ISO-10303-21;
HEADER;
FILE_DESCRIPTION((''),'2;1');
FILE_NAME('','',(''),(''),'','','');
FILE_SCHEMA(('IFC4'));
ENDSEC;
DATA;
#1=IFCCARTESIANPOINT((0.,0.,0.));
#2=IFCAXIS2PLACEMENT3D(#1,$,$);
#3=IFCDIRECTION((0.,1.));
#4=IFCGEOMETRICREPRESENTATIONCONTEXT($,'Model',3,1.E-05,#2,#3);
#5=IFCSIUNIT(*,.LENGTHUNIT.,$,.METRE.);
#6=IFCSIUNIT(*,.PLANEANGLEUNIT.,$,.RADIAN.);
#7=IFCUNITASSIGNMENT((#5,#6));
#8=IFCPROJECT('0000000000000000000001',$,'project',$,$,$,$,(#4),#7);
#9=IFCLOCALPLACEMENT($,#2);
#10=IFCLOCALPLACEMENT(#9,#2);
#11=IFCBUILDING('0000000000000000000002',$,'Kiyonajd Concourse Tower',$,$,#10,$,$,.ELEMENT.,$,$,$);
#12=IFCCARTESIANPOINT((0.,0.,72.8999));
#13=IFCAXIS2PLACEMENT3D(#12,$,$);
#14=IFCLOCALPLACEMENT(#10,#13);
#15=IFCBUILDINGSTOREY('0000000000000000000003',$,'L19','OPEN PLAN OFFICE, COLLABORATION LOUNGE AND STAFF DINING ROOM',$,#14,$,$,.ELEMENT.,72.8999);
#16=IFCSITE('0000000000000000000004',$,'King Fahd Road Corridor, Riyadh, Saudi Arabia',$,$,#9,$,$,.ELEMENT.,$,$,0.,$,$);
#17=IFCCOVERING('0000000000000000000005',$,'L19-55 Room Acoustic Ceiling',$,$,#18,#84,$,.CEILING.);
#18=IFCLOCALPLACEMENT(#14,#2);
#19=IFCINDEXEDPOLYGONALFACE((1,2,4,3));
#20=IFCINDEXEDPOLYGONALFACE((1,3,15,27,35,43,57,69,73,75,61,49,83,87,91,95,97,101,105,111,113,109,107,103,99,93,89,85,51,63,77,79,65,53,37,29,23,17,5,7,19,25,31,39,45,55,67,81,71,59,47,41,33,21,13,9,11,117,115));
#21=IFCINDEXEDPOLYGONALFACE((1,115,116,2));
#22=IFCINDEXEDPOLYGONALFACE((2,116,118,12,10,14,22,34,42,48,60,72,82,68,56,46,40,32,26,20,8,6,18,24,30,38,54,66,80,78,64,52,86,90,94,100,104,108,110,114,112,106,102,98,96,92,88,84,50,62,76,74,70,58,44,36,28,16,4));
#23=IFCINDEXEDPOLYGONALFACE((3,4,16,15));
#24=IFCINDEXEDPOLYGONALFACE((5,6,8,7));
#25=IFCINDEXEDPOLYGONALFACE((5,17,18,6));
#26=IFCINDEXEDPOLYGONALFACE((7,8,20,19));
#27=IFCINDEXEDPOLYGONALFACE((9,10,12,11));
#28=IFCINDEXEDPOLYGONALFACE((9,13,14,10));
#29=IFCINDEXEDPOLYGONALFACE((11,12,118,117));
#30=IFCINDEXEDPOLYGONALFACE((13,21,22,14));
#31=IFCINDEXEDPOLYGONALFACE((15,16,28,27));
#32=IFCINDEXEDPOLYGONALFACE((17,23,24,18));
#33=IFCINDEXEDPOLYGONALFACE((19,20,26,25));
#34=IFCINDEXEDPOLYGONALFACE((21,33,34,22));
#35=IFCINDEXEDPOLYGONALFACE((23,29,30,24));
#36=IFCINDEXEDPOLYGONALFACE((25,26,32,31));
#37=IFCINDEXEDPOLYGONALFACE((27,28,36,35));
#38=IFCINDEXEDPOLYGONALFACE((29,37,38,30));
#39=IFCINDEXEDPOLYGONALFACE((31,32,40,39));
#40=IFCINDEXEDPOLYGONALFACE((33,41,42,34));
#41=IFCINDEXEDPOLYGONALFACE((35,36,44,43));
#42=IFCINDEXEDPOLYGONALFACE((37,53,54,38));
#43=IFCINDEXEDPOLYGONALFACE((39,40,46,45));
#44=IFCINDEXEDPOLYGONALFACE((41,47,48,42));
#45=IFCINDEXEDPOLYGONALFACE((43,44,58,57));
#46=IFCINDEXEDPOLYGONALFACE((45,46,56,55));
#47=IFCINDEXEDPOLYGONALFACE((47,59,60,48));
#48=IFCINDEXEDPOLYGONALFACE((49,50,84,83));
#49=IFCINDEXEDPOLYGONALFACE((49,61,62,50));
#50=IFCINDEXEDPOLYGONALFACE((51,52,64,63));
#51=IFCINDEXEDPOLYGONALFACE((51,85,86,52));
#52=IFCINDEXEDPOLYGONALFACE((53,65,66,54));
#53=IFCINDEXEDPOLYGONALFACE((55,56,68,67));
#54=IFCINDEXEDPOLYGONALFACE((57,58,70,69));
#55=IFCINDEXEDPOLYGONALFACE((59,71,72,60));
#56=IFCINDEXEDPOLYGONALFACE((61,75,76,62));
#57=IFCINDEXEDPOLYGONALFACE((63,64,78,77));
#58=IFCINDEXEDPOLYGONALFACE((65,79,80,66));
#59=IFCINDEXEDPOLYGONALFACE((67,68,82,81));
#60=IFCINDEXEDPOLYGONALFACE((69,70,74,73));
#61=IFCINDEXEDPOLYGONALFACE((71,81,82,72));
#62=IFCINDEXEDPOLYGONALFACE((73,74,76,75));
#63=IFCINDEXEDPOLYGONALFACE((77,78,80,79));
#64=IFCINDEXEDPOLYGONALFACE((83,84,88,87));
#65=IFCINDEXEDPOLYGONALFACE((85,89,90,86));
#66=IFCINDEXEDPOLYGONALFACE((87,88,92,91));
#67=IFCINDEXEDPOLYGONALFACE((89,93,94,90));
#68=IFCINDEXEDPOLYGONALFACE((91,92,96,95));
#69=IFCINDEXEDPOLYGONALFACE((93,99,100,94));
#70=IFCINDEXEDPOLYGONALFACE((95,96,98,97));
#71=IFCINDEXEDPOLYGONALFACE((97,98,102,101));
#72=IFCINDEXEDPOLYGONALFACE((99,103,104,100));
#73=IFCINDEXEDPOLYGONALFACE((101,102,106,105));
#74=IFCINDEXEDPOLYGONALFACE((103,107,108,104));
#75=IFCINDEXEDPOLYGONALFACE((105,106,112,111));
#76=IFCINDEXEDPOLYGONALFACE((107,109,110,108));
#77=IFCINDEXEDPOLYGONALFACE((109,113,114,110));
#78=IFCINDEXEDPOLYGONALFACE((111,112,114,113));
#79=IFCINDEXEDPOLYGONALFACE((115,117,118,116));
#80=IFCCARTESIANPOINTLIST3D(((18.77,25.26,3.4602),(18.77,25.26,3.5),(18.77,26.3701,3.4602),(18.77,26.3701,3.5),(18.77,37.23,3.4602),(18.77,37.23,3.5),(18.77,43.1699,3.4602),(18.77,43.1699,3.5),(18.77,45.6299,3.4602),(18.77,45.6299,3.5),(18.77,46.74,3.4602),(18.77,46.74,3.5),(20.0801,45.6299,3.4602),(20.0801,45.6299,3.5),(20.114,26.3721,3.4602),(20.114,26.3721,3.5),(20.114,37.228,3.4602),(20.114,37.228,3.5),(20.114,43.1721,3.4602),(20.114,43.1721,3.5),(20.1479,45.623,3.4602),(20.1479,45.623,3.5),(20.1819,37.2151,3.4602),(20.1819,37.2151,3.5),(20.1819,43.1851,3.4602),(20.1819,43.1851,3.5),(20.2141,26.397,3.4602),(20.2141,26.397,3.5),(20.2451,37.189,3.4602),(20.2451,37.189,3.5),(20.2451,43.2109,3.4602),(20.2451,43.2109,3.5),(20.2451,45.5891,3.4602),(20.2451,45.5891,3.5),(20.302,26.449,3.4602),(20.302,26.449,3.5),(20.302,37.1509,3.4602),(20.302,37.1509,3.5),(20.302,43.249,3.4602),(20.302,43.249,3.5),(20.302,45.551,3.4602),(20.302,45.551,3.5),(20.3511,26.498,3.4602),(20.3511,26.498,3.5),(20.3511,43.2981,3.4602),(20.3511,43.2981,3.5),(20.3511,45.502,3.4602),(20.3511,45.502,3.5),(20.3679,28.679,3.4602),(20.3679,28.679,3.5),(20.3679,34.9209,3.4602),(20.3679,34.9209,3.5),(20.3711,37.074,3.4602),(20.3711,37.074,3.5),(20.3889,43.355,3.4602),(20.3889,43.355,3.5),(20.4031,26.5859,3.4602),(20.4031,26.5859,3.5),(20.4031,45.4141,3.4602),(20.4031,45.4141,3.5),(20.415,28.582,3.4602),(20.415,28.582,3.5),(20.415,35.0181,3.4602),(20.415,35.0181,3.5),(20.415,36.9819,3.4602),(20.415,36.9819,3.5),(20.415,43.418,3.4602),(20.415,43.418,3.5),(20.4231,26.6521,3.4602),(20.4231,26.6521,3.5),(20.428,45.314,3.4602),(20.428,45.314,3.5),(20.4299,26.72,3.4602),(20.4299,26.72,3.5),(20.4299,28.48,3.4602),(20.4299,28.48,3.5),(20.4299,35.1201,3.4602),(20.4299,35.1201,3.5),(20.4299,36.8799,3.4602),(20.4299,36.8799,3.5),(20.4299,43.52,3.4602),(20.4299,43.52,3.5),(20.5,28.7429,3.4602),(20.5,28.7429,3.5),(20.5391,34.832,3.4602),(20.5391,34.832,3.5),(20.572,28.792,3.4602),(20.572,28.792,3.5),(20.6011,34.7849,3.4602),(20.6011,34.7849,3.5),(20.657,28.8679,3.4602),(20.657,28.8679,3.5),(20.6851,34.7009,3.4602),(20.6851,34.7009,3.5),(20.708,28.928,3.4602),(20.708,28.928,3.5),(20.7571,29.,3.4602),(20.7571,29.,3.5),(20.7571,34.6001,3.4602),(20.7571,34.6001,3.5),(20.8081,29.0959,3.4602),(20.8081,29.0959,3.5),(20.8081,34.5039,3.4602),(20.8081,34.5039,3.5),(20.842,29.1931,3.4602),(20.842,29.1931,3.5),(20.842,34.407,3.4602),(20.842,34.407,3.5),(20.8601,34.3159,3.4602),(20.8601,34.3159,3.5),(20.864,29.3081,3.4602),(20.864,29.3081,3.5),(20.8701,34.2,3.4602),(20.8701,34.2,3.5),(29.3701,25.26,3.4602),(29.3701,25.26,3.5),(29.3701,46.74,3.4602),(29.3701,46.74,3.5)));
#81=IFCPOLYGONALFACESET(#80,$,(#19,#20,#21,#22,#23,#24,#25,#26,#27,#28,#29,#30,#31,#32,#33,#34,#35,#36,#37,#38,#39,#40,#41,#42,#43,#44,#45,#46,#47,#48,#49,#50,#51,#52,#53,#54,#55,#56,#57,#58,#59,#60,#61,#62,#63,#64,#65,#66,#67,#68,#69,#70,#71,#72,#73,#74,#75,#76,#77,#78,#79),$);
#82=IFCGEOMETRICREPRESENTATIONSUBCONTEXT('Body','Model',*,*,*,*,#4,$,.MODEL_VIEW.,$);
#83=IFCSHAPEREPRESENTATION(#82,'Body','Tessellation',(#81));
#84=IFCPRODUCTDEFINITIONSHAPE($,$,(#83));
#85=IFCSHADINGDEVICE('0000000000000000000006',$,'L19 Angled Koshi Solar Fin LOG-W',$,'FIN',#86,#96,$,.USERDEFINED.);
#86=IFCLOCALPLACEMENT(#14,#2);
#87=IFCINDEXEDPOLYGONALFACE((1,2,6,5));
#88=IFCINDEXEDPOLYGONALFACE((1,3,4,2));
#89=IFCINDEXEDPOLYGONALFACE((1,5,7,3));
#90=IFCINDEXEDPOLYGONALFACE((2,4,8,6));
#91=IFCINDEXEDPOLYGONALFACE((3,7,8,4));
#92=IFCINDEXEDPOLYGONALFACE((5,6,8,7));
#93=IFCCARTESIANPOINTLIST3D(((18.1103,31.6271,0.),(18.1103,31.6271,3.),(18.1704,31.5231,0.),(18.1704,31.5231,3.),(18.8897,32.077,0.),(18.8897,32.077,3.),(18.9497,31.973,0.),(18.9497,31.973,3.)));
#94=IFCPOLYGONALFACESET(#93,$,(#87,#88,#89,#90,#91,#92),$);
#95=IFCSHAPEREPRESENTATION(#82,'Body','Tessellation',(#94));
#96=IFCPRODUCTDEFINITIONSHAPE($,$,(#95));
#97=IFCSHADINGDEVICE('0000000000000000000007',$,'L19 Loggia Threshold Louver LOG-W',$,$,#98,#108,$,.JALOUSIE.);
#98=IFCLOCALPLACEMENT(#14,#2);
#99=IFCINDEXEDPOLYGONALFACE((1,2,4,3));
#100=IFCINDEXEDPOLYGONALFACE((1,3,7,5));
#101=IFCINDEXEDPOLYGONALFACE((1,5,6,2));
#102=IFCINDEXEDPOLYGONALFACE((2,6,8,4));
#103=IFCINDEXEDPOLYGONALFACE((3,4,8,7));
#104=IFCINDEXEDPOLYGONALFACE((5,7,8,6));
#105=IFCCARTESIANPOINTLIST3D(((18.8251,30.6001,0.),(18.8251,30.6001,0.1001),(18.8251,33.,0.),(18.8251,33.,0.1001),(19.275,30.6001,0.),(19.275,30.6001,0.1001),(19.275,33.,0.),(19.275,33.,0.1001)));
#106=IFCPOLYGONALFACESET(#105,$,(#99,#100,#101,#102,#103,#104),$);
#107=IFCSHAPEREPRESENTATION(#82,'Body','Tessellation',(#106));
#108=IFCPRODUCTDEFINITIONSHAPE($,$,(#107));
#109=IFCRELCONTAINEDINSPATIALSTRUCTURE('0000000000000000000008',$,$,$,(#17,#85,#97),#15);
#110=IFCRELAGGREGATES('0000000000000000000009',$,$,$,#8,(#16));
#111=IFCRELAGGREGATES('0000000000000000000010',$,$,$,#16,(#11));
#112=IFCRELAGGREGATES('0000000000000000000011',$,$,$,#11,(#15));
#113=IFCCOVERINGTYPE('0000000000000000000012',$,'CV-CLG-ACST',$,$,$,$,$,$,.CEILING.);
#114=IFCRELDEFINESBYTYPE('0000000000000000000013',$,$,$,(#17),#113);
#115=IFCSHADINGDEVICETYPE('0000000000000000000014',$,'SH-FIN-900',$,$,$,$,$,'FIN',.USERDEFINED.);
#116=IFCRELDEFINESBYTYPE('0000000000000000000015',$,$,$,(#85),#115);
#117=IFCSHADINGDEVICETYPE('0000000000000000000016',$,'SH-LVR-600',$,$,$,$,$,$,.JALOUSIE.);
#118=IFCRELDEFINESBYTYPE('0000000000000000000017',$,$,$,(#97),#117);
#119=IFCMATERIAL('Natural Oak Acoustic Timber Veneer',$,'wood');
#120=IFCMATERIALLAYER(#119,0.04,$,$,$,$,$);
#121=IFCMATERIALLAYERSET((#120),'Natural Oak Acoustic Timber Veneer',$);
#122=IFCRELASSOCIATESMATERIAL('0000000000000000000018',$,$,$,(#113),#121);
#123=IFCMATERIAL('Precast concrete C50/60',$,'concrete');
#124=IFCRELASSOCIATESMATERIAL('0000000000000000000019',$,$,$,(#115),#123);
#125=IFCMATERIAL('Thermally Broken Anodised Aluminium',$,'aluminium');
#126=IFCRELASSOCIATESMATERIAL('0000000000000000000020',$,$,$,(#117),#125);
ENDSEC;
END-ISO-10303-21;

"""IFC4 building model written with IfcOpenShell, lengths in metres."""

from ifc_helpers import new_model, si_unit, direction, frame, origin, origin_2d, place, context, subcontext, project, spatial, polyline, rectangle, outline, extrude, material, layer, layer_set, type_object, element, save


model = new_model("IFC4")

# Units and contexts
model_context = context("Model", 3, precision=1e-05, world=origin(), true_north=direction((0.0, 1.0)))
body_context = subcontext(model_context, "Body", "Model", "MODEL_VIEW")
ifc_project = project(units=[si_unit("LENGTHUNIT", "METRE"), si_unit("PLANEANGLEUNIT", "RADIAN")], contexts=[model_context])

# Site, building, storey
site_placement = place(None, origin())
site = spatial("IfcSite", under=ifc_project, at=site_placement, Name="King Fahd Road Corridor, Riyadh, Saudi Arabia", CompositionType="ELEMENT", RefElevation=0.0)
building_placement = place(site_placement, origin())
building = spatial("IfcBuilding", under=site, at=building_placement, Name="Kiyonajd Concourse Tower", CompositionType="ELEMENT")
storey_placement = place(building_placement, frame((0.0, 0.0, 72.8999)))
storey = spatial("IfcBuildingStorey", under=building, at=storey_placement, Name="L19", Description="OPEN PLAN OFFICE, COLLABORATION LOUNGE AND STAFF DINING ROOM", CompositionType="ELEMENT", Elevation=72.8999)

# Shared definitions
ifc_material_1 = material(Name="Precast concrete C50/60", Category="concrete")

# Covering
ifc_material_2 = material(Name="Natural Oak Acoustic Timber Veneer", Category="wood")
ifc_layer_1 = layer(ifc_material_2, 0.04)
ifc_layer_set_1 = layer_set([ifc_layer_1], Name="Natural Oak Acoustic Timber Veneer")
covering_type = type_object("IfcCoveringType", Name="CV-CLG-ACST", PredefinedType="CEILING", material=ifc_layer_set_1)
covering_1_placement = place(storey_placement, frame((0.0, 0.0, 3.4602)))
element("IfcCovering", 1, at=covering_1_placement, inside=storey, type_object=covering_type, Name="L19-55 Room Acoustic Ceiling", PredefinedType="CEILING", context=body_context, shape_type="SweptSolid", body=[
    extrude(outline(polyline([(20.3679, 28.679), (20.5, 28.7429), (20.572, 28.792), (20.657, 28.8679), (20.708, 28.928), (20.7571, 29.0), (20.8081, 29.0959), (20.842, 29.1931), (20.864, 29.3081), (20.8701, 34.2), (20.8601, 34.3159), (20.842, 34.407), (20.8081, 34.5039), (20.7571, 34.6001), (20.6851, 34.7009), (20.6011, 34.7849), (20.5391, 34.832), (20.3679, 34.9209), (20.415, 35.0181), (20.4299, 35.1201), (20.4299, 36.8799), (20.415, 36.9819), (20.3711, 37.074), (20.302, 37.1509), (20.2451, 37.189), (20.1819, 37.2151), (20.114, 37.228), (18.77, 37.23), (18.77, 43.1699), (20.114, 43.1721), (20.1819, 43.1851), (20.2451, 43.2109), (20.302, 43.249), (20.3511, 43.2981), (20.3889, 43.355), (20.415, 43.418), (20.4299, 43.52), (20.428, 45.314), (20.4031, 45.4141), (20.3511, 45.502), (20.302, 45.551), (20.2451, 45.5891), (20.1479, 45.623), (20.0801, 45.6299), (18.77, 45.6299), (18.77, 46.74), (29.3701, 46.74), (29.3701, 25.26), (18.77, 25.26), (18.77, 26.3701), (20.114, 26.3721), (20.2141, 26.397), (20.302, 26.449), (20.3511, 26.498), (20.4031, 26.5859), (20.4231, 26.6521), (20.4299, 26.72), (20.4299, 28.48), (20.415, 28.582), (20.3679, 28.679)])), origin(), (0.0, 0.0, 1.0), 0.0398),
])

# Shading devices
shading_device_type_1 = type_object("IfcShadingDeviceType", Name="SH-FIN-900", ElementType="FIN", PredefinedType="USERDEFINED", material=ifc_material_1)
shading_device_1_placement = place(storey_placement, frame((18.53, 31.8, 0.0), z_axis=(0.0, 0.0, 1.0), x_axis=(0.866025, 0.5, 0.0)))
element("IfcShadingDevice", 2, at=shading_device_1_placement, inside=storey, type_object=shading_device_type_1, Name="L19 Angled Koshi Solar Fin LOG-W", ObjectType="FIN", PredefinedType="USERDEFINED", context=body_context, shape_type="SweptSolid", body=[
    extrude(rectangle(XDim=0.8999, YDim=0.1201, at=origin_2d()), origin(), (0.0, 0.0, 1.0), 3.0),
])
ifc_material_3 = material(Name="Thermally Broken Anodised Aluminium", Category="aluminium")
shading_device_type_2 = type_object("IfcShadingDeviceType", Name="SH-LVR-600", PredefinedType="JALOUSIE", material=ifc_material_3)
shading_device_2_placement = place(storey_placement, frame((19.05, 31.8, 0.0), z_axis=(0.0, 0.0, 1.0), x_axis=(0.0, 1.0, 0.0)))
element("IfcShadingDevice", 3, at=shading_device_2_placement, inside=storey, type_object=shading_device_type_2, Name="L19 Loggia Threshold Louver LOG-W", PredefinedType="JALOUSIE", context=body_context, shape_type="SweptSolid", body=[
    extrude(rectangle(XDim=2.3999, YDim=0.45, at=origin_2d()), origin(), (0.0, 0.0, 1.0), 0.1001),
])

save(model, "model.ifc")
